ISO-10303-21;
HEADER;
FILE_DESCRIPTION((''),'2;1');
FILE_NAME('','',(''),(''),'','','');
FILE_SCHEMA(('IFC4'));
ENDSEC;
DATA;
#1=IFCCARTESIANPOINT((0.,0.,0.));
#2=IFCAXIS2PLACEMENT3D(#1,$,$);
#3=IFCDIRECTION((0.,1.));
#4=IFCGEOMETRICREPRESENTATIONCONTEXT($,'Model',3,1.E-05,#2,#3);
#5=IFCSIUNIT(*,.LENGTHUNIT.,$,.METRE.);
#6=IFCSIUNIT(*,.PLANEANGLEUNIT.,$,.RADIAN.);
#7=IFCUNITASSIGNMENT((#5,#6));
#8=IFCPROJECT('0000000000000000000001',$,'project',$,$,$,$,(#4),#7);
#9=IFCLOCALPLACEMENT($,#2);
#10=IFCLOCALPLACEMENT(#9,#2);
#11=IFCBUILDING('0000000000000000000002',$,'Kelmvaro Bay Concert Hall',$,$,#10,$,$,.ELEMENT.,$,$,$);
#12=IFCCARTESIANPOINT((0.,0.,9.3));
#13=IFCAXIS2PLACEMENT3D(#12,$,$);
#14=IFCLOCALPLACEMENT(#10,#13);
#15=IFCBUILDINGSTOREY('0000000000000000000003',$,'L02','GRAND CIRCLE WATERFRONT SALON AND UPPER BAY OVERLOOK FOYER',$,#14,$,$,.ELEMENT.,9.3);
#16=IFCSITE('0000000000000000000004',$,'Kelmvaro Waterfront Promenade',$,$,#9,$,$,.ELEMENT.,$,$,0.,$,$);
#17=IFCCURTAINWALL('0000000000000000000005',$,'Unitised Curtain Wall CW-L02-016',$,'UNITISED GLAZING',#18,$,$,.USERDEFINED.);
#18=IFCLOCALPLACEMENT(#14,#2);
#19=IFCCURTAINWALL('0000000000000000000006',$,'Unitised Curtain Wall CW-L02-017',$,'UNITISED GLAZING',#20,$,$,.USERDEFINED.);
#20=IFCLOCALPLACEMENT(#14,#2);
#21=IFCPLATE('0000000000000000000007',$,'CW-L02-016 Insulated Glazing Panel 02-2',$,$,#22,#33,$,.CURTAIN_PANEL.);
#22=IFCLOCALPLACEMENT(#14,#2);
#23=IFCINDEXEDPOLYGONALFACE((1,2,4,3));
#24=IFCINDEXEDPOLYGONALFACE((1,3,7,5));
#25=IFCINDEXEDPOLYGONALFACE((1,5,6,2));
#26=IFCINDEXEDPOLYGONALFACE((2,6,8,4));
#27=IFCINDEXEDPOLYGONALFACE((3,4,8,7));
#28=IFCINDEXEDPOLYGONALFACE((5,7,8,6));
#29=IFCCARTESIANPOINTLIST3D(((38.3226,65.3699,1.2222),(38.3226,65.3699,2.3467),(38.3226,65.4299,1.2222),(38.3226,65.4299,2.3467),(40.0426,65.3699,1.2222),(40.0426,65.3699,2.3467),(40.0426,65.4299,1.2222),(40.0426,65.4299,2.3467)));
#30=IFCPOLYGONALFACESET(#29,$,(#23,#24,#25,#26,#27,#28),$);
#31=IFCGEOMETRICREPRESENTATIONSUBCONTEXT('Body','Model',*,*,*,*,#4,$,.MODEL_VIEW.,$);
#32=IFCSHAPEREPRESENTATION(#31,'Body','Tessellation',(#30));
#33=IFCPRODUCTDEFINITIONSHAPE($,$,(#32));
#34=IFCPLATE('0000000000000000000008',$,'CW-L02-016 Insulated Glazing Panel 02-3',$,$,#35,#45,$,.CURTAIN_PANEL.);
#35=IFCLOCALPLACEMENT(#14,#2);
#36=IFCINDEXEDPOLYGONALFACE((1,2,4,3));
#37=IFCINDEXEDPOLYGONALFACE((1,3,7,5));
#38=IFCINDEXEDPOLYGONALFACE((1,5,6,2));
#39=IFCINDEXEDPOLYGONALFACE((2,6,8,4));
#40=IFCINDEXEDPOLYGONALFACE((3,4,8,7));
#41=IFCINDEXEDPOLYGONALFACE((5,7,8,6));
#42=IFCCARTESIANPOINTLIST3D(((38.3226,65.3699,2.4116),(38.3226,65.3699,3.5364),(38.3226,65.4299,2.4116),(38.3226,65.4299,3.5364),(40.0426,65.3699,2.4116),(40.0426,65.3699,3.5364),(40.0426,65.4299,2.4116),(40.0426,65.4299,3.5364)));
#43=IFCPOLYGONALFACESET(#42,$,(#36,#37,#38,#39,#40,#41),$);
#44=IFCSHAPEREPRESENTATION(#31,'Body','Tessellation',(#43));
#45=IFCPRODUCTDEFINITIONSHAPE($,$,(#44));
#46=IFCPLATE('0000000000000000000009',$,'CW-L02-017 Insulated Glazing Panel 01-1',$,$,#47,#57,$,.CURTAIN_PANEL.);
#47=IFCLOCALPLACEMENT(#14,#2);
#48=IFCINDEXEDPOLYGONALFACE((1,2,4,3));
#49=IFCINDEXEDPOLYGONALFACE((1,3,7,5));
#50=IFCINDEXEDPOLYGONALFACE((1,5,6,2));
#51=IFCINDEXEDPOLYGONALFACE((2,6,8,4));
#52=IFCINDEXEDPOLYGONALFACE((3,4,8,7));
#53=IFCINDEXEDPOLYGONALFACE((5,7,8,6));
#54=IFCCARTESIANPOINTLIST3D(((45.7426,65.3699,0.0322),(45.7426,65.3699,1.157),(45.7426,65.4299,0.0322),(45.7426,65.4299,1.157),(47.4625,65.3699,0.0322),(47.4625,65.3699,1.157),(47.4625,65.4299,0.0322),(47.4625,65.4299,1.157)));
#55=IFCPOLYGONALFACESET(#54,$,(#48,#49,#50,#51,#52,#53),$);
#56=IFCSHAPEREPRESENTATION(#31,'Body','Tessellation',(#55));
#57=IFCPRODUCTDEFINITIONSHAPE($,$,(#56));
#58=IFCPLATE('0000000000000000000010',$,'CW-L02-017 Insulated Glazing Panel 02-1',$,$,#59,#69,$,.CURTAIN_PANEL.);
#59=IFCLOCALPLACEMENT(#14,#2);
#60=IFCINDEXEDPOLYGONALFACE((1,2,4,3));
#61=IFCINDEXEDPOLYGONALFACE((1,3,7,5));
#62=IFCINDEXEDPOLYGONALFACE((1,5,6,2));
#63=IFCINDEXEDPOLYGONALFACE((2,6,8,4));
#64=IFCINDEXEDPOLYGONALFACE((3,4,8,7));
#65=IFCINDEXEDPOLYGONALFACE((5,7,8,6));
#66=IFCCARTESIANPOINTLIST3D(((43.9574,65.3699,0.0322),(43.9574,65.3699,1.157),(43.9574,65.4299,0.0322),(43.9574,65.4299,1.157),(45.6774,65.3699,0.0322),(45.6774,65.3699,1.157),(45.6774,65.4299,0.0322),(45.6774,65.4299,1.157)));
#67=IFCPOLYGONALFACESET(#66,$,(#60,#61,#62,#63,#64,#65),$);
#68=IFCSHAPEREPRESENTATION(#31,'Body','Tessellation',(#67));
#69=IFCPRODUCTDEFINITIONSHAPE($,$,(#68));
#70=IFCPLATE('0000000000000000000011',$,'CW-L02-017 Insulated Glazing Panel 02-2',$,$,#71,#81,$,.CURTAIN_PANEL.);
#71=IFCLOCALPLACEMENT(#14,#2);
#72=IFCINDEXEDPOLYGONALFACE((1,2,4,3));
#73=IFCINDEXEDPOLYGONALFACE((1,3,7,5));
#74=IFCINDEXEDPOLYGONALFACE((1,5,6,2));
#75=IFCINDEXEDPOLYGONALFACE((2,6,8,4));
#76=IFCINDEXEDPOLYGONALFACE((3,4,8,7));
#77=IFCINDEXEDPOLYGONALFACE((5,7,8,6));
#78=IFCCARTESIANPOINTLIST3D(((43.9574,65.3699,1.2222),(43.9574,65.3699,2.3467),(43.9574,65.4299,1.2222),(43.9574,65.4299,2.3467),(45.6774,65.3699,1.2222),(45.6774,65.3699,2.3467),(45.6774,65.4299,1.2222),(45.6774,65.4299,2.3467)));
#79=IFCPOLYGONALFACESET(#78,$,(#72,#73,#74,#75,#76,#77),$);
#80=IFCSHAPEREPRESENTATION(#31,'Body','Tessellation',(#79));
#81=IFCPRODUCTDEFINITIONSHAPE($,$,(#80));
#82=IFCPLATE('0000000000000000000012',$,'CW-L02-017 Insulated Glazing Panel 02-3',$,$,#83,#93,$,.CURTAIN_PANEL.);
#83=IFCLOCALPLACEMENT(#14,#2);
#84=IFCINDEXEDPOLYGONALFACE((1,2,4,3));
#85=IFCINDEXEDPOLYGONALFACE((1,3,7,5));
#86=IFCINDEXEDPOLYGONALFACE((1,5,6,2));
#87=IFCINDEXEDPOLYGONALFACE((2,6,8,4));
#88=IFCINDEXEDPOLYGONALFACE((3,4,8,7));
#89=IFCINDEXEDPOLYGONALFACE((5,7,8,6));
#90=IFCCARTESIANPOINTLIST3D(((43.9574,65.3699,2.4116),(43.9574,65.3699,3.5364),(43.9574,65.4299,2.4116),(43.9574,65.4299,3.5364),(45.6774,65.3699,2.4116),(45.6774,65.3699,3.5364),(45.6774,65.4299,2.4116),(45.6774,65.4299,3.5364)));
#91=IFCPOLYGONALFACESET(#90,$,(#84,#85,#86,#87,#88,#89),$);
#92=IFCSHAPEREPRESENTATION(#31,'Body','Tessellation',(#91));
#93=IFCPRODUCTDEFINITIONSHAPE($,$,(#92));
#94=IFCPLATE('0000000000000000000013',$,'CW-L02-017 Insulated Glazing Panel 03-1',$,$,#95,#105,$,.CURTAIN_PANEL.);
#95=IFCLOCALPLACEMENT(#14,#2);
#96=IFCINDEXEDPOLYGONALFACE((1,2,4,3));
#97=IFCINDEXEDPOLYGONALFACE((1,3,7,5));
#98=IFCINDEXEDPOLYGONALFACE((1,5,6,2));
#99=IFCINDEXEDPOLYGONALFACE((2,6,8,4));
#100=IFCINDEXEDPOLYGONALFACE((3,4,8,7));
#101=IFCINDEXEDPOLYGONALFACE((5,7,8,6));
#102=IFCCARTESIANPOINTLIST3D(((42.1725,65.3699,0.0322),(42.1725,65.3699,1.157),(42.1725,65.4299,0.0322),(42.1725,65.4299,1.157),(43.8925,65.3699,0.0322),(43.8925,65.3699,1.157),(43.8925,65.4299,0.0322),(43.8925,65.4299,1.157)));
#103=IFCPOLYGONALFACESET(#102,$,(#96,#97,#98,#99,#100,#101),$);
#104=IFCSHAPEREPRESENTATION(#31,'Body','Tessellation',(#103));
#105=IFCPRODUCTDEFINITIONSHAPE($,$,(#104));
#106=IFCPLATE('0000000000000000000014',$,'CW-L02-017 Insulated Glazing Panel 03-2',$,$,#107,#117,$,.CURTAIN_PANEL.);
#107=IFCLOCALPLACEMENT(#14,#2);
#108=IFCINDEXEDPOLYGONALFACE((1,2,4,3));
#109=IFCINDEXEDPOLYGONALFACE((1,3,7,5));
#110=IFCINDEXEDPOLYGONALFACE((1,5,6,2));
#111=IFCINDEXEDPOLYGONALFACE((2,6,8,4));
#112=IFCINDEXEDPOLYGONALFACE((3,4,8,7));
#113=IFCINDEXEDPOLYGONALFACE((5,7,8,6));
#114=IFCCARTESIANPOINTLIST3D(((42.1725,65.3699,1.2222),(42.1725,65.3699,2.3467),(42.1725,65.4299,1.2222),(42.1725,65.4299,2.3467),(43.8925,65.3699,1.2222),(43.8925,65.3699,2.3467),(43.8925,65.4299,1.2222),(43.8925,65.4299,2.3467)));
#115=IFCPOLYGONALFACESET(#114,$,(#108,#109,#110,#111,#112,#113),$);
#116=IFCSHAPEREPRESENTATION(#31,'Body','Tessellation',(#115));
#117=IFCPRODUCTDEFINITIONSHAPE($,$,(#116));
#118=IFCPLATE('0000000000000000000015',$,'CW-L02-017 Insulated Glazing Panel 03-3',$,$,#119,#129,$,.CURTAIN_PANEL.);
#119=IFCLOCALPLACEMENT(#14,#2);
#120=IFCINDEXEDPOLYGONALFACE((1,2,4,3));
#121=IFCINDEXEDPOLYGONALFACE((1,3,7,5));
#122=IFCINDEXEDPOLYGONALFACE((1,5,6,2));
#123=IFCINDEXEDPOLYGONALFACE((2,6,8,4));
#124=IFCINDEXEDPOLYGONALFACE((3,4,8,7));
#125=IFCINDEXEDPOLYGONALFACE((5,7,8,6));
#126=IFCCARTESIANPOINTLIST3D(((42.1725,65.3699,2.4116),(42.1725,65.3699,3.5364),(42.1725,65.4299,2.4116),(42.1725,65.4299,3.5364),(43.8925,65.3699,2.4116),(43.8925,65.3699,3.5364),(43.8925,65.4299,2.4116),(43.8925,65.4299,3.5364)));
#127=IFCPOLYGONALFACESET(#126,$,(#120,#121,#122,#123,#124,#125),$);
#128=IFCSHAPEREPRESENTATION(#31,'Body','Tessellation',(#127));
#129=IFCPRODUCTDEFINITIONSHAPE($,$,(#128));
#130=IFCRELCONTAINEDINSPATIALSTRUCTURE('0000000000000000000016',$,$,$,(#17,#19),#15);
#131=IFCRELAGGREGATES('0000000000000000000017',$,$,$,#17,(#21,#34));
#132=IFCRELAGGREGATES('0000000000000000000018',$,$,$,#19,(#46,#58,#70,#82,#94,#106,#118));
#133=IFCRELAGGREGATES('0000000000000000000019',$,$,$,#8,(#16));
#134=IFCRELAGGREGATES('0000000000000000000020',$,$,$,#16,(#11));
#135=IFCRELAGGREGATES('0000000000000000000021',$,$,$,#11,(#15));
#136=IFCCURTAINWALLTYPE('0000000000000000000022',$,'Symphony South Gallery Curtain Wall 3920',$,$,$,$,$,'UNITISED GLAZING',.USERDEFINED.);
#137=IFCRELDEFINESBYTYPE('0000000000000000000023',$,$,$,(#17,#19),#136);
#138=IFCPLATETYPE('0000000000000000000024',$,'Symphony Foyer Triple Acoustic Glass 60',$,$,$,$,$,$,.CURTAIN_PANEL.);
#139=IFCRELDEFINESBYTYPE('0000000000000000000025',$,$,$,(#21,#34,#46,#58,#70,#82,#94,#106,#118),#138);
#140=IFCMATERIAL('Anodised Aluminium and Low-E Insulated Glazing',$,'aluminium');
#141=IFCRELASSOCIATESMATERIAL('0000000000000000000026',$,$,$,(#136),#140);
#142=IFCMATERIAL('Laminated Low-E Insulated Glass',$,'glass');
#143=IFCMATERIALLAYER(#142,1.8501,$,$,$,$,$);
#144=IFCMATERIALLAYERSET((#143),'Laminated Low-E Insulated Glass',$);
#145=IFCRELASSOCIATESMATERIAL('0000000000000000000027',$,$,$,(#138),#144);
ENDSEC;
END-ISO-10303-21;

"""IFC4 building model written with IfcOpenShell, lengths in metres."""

from ifc_helpers import new_model, si_unit, direction, frame, origin, origin_2d, place, context, subcontext, project, spatial, rectangle, extrude, material, layer, layer_set, type_object, element, aggregate, save


model = new_model("IFC4")

# Units and contexts
model_context = context("Model", 3, precision=1e-05, world=origin(), true_north=direction((0.0, 1.0)))
body_context = subcontext(model_context, "Body", "Model", "MODEL_VIEW")
ifc_project = project(units=[si_unit("LENGTHUNIT", "METRE"), si_unit("PLANEANGLEUNIT", "RADIAN")], contexts=[model_context])

# Site, building, storey
site_placement = place(None, origin())
site = spatial("IfcSite", under=ifc_project, at=site_placement, Name="Kelmvaro Waterfront Promenade", CompositionType="ELEMENT", RefElevation=0.0)
building_placement = place(site_placement, origin())
building = spatial("IfcBuilding", under=site, at=building_placement, Name="Kelmvaro Bay Concert Hall", CompositionType="ELEMENT")
storey_placement = place(building_placement, frame((0.0, 0.0, 9.3)))
storey = spatial("IfcBuildingStorey", under=building, at=storey_placement, Name="L02", Description="GRAND CIRCLE WATERFRONT SALON AND UPPER BAY OVERLOOK FOYER", CompositionType="ELEMENT", Elevation=9.3)

# Curtain walls
ifc_material_1 = material(Name="Anodised Aluminium and Low-E Insulated Glazing", Category="aluminium")
curtain_wall_type = type_object("IfcCurtainWallType", Name="Symphony South Gallery Curtain Wall 3920", ElementType="UNITISED GLAZING", PredefinedType="USERDEFINED", material=ifc_material_1)
curtain_wall_1_placement = place(storey_placement, origin())
curtain_wall_1 = element("IfcCurtainWall", 1, at=curtain_wall_1_placement, inside=storey, type_object=curtain_wall_type, Name="Unitised Curtain Wall CW-L02-016", ObjectType="UNITISED GLAZING", PredefinedType="USERDEFINED")
curtain_wall_2_placement = place(storey_placement, origin())
curtain_wall_2 = element("IfcCurtainWall", 2, at=curtain_wall_2_placement, inside=storey, type_object=curtain_wall_type, Name="Unitised Curtain Wall CW-L02-017", ObjectType="UNITISED GLAZING", PredefinedType="USERDEFINED")

# Plates
ifc_material_2 = material(Name="Laminated Low-E Insulated Glass", Category="glass")
ifc_layer = layer(ifc_material_2, 1.8501)
ifc_layer_set = layer_set([ifc_layer], Name="Laminated Low-E Insulated Glass")
plate_type = type_object("IfcPlateType", Name="Symphony Foyer Triple Acoustic Glass 60", PredefinedType="CURTAIN_PANEL", material=ifc_layer_set)
plate_1_placement = place(storey_placement, frame((39.1826, 65.3999, 1.2222), z_axis=(0.0, 0.0, 1.0), x_axis=(-1.0, 0.0, 0.0)))
plate_1 = element("IfcPlate", 3, at=plate_1_placement, type_object=plate_type, Name="CW-L02-016 Insulated Glazing Panel 02-2", PredefinedType="CURTAIN_PANEL", context=body_context, shape_type="SweptSolid", body=[
    extrude(rectangle(XDim=1.72, YDim=0.0601, at=origin_2d()), origin(), (0.0, 0.0, 1.0), 1.1245),
])
plate_2_placement = place(storey_placement, frame((39.1826, 65.3999, 2.4116), z_axis=(0.0, 0.0, 1.0), x_axis=(-1.0, 0.0, 0.0)))
plate_2 = element("IfcPlate", 4, at=plate_2_placement, type_object=plate_type, Name="CW-L02-016 Insulated Glazing Panel 02-3", PredefinedType="CURTAIN_PANEL", context=body_context, shape_type="SweptSolid", body=[
    extrude(rectangle(XDim=1.72, YDim=0.0601, at=origin_2d()), origin(), (0.0, 0.0, 1.0), 1.1248),
])
aggregate(curtain_wall_1, [plate_1, plate_2])
plate_3_placement = place(storey_placement, frame((46.6025, 65.3999, 0.0322), z_axis=(0.0, 0.0, 1.0), x_axis=(-1.0, 0.0, 0.0)))
plate_3 = element("IfcPlate", 5, at=plate_3_placement, type_object=plate_type, Name="CW-L02-017 Insulated Glazing Panel 01-1", PredefinedType="CURTAIN_PANEL", context=body_context, shape_type="SweptSolid", body=[
    extrude(rectangle(XDim=1.72, YDim=0.0601, at=origin_2d()), origin(), (0.0, 0.0, 1.0), 1.1248),
])
plate_4_placement = place(storey_placement, frame((44.8174, 65.3999, 0.0322), z_axis=(0.0, 0.0, 1.0), x_axis=(-1.0, 0.0, 0.0)))
plate_4 = element("IfcPlate", 6, at=plate_4_placement, type_object=plate_type, Name="CW-L02-017 Insulated Glazing Panel 02-1", PredefinedType="CURTAIN_PANEL", context=body_context, shape_type="SweptSolid", body=[
    extrude(rectangle(XDim=1.72, YDim=0.0601, at=origin_2d()), origin(), (0.0, 0.0, 1.0), 1.1248),
])
plate_5_placement = place(storey_placement, frame((44.8174, 65.3999, 1.2222), z_axis=(0.0, 0.0, 1.0), x_axis=(-1.0, 0.0, 0.0)))
plate_5 = element("IfcPlate", 7, at=plate_5_placement, type_object=plate_type, Name="CW-L02-017 Insulated Glazing Panel 02-2", PredefinedType="CURTAIN_PANEL", context=body_context, shape_type="SweptSolid", body=[
    extrude(rectangle(XDim=1.72, YDim=0.0601, at=origin_2d()), origin(), (0.0, 0.0, 1.0), 1.1245),
])
plate_6_placement = place(storey_placement, frame((44.8174, 65.3999, 2.4116), z_axis=(0.0, 0.0, 1.0), x_axis=(-1.0, 0.0, 0.0)))
plate_6 = element("IfcPlate", 8, at=plate_6_placement, type_object=plate_type, Name="CW-L02-017 Insulated Glazing Panel 02-3", PredefinedType="CURTAIN_PANEL", context=body_context, shape_type="SweptSolid", body=[
    extrude(rectangle(XDim=1.72, YDim=0.0601, at=origin_2d()), origin(), (0.0, 0.0, 1.0), 1.1248),
])
plate_7_placement = place(storey_placement, frame((43.0325, 65.3999, 0.0322), z_axis=(0.0, 0.0, 1.0), x_axis=(-1.0, 0.0, 0.0)))
plate_7 = element("IfcPlate", 9, at=plate_7_placement, type_object=plate_type, Name="CW-L02-017 Insulated Glazing Panel 03-1", PredefinedType="CURTAIN_PANEL", context=body_context, shape_type="SweptSolid", body=[
    extrude(rectangle(XDim=1.72, YDim=0.0601, at=origin_2d()), origin(), (0.0, 0.0, 1.0), 1.1248),
])
plate_8_placement = place(storey_placement, frame((43.0325, 65.3999, 1.2222), z_axis=(0.0, 0.0, 1.0), x_axis=(-1.0, 0.0, 0.0)))
plate_8 = element("IfcPlate", 10, at=plate_8_placement, type_object=plate_type, Name="CW-L02-017 Insulated Glazing Panel 03-2", PredefinedType="CURTAIN_PANEL", context=body_context, shape_type="SweptSolid", body=[
    extrude(rectangle(XDim=1.72, YDim=0.0601, at=origin_2d()), origin(), (0.0, 0.0, 1.0), 1.1245),
])
plate_9_placement = place(storey_placement, frame((43.0325, 65.3999, 2.4116), z_axis=(0.0, 0.0, 1.0), x_axis=(-1.0, 0.0, 0.0)))
plate_9 = element("IfcPlate", 11, at=plate_9_placement, type_object=plate_type, Name="CW-L02-017 Insulated Glazing Panel 03-3", PredefinedType="CURTAIN_PANEL", context=body_context, shape_type="SweptSolid", body=[
    extrude(rectangle(XDim=1.72, YDim=0.0601, at=origin_2d()), origin(), (0.0, 0.0, 1.0), 1.1248),
])
aggregate(curtain_wall_2, [plate_3, plate_4, plate_5, plate_6, plate_7, plate_8, plate_9])

save(model, "model.ifc")
